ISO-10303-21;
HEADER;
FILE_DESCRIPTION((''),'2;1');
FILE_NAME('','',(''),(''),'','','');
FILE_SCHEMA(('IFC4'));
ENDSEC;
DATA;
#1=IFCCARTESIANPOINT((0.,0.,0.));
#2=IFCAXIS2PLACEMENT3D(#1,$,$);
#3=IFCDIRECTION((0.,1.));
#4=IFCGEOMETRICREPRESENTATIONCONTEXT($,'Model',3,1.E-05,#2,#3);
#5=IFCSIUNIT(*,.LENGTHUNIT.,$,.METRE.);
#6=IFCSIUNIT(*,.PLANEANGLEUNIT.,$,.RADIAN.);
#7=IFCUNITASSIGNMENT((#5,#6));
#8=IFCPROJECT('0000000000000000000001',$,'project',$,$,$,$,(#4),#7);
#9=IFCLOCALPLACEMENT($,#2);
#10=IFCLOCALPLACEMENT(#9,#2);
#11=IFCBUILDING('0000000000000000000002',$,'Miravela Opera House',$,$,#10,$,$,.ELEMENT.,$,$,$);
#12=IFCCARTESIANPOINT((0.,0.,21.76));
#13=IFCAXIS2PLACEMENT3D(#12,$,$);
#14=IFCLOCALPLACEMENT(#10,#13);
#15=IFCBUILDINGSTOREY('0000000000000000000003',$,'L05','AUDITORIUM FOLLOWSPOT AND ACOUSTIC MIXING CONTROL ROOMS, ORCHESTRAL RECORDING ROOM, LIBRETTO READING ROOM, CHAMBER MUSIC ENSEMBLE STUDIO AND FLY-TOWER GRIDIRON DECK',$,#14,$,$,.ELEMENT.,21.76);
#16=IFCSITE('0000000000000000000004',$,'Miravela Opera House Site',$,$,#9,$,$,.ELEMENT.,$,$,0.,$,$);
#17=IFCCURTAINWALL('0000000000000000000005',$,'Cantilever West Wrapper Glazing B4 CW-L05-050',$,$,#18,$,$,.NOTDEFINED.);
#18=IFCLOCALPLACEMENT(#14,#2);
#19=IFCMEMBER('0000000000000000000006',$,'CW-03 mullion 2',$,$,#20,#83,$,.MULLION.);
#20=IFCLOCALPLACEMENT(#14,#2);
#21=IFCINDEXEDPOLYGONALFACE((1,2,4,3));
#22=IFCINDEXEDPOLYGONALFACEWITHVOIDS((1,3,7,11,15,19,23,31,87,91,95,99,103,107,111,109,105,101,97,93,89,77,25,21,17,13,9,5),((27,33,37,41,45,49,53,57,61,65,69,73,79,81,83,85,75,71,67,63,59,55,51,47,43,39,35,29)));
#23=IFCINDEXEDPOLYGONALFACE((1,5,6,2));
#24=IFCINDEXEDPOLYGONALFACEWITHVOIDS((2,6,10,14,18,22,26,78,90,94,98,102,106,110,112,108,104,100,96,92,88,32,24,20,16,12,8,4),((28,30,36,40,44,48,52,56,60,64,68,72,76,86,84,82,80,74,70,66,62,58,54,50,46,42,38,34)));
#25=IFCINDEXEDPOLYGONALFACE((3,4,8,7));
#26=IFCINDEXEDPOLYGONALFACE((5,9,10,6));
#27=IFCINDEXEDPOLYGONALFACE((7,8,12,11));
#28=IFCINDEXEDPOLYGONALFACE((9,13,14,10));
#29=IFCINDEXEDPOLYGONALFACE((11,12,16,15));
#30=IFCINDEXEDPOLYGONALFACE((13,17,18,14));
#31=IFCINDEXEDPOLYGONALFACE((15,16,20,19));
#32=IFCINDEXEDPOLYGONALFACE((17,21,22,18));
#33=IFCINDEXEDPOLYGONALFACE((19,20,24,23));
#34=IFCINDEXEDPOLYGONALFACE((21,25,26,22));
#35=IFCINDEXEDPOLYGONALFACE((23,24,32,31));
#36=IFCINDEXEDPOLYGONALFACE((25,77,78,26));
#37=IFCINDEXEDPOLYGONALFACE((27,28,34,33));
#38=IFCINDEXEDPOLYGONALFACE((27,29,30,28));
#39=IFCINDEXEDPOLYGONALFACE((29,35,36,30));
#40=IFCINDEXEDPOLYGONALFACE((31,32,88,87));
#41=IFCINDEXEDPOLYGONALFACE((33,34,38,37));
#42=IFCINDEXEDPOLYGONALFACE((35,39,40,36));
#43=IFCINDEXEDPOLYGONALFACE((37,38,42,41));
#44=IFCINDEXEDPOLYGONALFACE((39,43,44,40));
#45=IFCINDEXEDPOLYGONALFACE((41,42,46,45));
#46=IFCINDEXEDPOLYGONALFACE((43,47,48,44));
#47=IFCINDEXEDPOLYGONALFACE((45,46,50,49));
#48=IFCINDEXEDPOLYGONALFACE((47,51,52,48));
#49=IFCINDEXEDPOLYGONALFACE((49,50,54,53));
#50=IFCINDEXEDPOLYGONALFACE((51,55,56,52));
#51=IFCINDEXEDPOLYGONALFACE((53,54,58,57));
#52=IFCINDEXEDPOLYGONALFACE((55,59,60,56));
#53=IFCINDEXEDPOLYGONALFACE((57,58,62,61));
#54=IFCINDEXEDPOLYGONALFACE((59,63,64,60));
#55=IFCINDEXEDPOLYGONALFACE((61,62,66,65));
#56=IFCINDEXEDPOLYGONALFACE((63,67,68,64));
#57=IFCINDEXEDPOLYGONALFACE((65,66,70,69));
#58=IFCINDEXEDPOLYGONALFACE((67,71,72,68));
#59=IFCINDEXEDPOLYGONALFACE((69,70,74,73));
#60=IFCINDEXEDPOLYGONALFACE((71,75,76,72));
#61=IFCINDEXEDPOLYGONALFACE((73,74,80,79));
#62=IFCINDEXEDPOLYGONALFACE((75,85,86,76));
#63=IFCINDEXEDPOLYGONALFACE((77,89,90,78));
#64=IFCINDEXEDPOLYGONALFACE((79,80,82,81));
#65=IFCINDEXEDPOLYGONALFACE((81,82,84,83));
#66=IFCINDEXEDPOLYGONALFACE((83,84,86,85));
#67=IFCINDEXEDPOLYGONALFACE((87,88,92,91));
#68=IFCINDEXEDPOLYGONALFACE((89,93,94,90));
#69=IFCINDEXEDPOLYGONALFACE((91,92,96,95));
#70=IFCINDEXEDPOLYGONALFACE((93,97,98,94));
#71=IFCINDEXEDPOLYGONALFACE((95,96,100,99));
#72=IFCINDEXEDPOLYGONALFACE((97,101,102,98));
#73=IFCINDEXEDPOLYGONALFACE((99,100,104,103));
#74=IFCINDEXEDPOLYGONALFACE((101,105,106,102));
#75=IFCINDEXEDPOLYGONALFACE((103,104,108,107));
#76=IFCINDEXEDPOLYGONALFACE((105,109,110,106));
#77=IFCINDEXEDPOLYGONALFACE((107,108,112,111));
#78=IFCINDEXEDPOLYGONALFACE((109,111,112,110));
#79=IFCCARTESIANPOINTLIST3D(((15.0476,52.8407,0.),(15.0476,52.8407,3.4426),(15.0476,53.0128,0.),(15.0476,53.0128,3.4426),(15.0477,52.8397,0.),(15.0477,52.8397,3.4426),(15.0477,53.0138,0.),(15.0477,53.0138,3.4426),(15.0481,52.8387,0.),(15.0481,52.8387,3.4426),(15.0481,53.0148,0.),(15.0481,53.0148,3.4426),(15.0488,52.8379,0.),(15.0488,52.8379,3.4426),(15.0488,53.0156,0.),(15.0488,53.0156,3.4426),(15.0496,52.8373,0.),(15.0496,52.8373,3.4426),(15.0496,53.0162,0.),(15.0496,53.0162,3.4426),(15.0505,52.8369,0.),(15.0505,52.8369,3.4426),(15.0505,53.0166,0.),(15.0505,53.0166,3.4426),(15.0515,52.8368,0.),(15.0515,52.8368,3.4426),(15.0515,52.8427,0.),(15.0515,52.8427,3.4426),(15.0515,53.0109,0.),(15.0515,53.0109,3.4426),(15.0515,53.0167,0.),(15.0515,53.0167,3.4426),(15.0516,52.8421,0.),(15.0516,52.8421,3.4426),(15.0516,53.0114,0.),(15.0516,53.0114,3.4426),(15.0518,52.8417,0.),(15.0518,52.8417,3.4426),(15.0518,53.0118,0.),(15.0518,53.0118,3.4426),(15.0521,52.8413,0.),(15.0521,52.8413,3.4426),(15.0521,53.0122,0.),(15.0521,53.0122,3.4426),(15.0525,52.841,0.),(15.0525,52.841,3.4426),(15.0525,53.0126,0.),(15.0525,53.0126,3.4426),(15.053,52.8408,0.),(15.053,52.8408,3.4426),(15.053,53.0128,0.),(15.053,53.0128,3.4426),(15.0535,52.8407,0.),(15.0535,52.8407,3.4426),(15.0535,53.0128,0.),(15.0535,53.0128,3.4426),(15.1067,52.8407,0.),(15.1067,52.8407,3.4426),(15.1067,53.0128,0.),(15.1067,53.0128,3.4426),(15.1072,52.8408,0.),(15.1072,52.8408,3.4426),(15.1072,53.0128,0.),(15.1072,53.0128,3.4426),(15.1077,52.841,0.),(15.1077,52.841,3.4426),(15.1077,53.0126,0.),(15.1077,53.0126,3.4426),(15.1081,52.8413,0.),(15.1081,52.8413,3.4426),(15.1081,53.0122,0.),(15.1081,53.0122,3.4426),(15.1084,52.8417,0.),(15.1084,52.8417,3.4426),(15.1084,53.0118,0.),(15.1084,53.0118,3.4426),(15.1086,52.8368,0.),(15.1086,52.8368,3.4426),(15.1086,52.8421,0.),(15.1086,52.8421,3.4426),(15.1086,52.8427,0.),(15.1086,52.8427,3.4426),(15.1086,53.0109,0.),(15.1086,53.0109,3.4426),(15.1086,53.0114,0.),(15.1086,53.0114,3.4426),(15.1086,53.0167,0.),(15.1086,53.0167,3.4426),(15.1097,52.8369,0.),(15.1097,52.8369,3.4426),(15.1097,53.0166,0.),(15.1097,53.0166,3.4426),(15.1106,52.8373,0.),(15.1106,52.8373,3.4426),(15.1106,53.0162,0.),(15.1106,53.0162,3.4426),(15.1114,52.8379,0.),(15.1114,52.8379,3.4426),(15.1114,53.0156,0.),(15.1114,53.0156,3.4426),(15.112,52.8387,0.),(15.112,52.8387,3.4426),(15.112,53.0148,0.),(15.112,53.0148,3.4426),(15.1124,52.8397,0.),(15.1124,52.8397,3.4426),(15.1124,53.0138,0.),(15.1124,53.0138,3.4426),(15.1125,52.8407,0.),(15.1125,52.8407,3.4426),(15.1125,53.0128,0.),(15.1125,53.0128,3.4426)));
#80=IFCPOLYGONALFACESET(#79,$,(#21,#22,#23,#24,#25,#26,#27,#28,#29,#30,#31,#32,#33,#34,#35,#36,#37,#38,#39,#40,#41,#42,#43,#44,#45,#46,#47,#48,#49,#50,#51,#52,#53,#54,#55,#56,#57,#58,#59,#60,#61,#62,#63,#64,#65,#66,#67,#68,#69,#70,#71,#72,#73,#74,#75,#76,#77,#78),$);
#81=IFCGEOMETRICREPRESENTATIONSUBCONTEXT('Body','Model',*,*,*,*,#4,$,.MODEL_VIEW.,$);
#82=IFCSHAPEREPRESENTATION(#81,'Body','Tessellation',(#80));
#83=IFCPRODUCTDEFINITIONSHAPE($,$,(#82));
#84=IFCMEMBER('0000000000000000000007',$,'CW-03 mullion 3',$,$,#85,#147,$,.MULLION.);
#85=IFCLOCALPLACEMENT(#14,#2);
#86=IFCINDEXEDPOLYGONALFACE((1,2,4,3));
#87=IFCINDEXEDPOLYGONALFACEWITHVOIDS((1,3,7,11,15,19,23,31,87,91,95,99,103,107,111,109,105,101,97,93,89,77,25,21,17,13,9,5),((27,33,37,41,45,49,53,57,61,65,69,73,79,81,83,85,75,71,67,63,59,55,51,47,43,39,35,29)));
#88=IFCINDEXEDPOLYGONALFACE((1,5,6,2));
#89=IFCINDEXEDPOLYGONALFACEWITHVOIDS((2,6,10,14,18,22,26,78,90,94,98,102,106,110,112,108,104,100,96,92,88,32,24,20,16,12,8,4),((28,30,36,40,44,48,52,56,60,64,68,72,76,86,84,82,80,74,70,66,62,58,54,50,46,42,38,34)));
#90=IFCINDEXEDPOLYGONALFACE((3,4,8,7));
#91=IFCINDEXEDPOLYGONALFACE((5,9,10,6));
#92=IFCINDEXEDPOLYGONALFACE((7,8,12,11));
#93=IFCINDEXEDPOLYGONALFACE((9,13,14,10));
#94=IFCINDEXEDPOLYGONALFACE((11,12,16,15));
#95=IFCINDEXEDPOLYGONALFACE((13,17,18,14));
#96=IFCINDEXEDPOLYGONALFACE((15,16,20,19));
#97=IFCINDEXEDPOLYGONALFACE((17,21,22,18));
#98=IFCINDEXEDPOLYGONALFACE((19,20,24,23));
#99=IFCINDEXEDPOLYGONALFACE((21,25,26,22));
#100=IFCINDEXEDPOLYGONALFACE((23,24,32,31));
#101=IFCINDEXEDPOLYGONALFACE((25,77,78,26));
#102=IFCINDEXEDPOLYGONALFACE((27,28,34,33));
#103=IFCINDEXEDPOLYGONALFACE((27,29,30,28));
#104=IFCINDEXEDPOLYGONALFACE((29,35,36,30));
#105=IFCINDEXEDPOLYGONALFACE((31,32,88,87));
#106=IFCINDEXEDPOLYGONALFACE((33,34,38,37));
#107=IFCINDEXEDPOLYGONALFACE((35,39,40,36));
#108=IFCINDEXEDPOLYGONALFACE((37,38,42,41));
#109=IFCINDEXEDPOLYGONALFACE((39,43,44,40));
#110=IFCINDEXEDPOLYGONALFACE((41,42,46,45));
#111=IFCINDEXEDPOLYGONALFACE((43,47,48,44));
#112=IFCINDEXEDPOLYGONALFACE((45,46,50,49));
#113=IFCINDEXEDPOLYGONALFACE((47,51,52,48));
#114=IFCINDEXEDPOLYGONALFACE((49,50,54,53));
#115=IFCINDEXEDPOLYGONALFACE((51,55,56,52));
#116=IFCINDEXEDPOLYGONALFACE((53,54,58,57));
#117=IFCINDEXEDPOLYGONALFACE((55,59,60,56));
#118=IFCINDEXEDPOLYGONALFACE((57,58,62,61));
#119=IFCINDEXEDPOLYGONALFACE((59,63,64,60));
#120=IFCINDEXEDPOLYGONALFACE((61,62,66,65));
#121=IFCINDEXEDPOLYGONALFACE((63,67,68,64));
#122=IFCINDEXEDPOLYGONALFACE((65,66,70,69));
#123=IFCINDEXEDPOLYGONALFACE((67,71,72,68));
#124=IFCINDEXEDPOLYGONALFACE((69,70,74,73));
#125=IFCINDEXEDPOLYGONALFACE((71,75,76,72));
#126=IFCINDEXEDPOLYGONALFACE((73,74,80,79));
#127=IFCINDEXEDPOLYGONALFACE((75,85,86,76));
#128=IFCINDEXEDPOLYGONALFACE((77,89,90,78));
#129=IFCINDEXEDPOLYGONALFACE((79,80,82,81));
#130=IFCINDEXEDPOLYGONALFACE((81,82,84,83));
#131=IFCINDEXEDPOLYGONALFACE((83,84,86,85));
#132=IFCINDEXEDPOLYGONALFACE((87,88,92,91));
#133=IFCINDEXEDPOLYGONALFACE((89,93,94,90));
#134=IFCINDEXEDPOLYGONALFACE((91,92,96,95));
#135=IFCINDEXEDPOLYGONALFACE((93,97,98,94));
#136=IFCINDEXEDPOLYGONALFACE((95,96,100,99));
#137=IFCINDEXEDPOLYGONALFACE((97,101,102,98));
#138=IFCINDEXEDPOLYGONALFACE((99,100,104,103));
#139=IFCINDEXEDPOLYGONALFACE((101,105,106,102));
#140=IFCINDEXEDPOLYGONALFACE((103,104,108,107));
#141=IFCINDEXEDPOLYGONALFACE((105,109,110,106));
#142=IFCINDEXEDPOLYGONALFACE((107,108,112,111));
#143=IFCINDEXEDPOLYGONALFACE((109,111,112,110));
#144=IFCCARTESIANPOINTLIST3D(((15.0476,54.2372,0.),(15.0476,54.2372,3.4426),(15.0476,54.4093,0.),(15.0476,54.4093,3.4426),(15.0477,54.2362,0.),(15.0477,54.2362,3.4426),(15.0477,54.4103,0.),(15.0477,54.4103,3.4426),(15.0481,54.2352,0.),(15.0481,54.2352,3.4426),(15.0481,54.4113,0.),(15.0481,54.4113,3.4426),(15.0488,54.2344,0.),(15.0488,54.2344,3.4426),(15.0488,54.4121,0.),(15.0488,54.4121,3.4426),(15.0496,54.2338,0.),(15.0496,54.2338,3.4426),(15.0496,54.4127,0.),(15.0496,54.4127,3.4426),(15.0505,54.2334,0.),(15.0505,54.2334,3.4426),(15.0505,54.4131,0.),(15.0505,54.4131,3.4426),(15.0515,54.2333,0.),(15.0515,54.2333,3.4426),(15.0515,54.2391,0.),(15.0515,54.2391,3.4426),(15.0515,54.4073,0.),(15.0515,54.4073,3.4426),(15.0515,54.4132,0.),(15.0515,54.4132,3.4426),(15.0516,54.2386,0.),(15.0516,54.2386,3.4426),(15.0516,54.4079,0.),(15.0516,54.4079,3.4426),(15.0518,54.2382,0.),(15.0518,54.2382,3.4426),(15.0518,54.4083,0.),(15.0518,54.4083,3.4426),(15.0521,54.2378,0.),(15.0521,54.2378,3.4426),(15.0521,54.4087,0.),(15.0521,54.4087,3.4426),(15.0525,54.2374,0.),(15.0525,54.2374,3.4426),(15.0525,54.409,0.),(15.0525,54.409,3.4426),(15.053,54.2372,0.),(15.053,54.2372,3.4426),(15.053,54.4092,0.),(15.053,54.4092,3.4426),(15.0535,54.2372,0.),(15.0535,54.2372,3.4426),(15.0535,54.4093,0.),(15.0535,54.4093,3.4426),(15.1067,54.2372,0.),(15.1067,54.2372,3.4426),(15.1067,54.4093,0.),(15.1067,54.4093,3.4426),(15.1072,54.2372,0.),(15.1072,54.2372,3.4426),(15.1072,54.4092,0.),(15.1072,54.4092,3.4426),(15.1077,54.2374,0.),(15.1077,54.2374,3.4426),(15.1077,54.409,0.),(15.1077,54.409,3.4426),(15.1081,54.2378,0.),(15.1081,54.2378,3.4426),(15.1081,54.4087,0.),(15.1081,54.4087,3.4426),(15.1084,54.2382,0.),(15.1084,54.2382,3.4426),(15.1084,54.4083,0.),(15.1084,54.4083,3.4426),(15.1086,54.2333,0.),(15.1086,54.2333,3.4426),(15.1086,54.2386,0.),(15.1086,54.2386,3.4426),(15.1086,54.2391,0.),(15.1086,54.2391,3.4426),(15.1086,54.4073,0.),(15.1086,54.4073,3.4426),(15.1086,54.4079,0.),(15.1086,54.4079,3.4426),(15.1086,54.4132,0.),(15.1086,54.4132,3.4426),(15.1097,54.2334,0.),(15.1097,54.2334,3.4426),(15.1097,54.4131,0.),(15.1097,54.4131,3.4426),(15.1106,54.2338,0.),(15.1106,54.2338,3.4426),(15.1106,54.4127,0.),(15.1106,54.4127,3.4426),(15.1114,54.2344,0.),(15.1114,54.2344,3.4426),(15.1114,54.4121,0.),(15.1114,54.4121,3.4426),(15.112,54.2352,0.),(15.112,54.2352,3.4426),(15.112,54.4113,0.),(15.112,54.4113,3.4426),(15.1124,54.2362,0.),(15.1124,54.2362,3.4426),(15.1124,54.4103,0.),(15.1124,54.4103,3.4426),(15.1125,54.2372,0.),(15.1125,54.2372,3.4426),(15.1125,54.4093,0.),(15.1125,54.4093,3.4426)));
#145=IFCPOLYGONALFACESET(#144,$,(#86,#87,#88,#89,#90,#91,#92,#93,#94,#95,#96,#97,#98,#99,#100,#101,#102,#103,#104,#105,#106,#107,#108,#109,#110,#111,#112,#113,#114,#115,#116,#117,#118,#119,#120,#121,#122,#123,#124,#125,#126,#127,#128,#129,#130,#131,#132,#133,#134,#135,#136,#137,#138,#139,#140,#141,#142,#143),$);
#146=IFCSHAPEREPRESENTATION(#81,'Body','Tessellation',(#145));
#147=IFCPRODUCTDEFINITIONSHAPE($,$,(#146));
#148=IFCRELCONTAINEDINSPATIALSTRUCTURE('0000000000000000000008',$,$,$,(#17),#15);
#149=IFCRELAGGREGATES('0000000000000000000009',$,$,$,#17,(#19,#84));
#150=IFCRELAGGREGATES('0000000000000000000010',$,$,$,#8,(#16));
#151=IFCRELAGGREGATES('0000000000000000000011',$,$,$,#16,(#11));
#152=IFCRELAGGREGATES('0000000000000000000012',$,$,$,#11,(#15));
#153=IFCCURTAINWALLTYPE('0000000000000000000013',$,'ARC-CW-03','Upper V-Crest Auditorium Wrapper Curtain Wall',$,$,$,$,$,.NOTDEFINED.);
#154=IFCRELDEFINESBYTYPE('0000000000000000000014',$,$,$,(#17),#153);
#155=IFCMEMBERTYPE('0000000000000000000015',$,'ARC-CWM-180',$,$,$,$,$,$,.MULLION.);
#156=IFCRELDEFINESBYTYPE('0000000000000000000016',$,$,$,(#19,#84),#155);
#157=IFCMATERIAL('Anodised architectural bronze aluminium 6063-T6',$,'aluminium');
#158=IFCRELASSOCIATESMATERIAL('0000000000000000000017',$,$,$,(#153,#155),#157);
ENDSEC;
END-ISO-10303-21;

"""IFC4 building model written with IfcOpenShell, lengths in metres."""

from ifc_helpers import new_model, si_unit, direction, frame, origin, origin_2d, place, context, subcontext, project, spatial, hollow_rectangle, extrude, material, material_profile, profile_set, type_object, element, aggregate, save


model = new_model("IFC4")

# Units and contexts
model_context = context("Model", 3, precision=1e-05, world=origin(), true_north=direction((0.0, 1.0)))
body_context = subcontext(model_context, "Body", "Model", "MODEL_VIEW")
ifc_project = project(units=[si_unit("LENGTHUNIT", "METRE"), si_unit("PLANEANGLEUNIT", "RADIAN")], contexts=[model_context])

# Site, building, storey
site_placement = place(None, origin())
site = spatial("IfcSite", under=ifc_project, at=site_placement, Name="Miravela Opera House Site", CompositionType="ELEMENT", RefElevation=0.0)
building_placement = place(site_placement, origin())
building = spatial("IfcBuilding", under=site, at=building_placement, Name="Miravela Opera House", CompositionType="ELEMENT")
storey_placement = place(building_placement, frame((0.0, 0.0, 21.76)))
storey = spatial("IfcBuildingStorey", under=building, at=storey_placement, Name="L05", Description="AUDITORIUM FOLLOWSPOT AND ACOUSTIC MIXING CONTROL ROOMS, ORCHESTRAL RECORDING ROOM, LIBRETTO READING ROOM, CHAMBER MUSIC ENSEMBLE STUDIO AND FLY-TOWER GRIDIRON DECK", CompositionType="ELEMENT", Elevation=21.76)

# Curtain wall, members
ifc_material_1 = material(Name="Anodised architectural bronze aluminium 6063-T6", Category="aluminium")
curtain_wall_type = type_object("IfcCurtainWallType", Name="ARC-CW-03", Description="Upper V-Crest Auditorium Wrapper Curtain Wall", PredefinedType="NOTDEFINED", material=ifc_material_1)
curtain_wall_placement = place(storey_placement, origin())
curtain_wall = element("IfcCurtainWall", 1, at=curtain_wall_placement, inside=storey, type_object=curtain_wall_type, Name="Cantilever West Wrapper Glazing B4 CW-L05-050", PredefinedType="NOTDEFINED")
ifc_material_profile_1 = material_profile(ifc_material_1, hollow_rectangle(XDim=0.0649, YDim=0.1799, WallThickness=0.0039, InnerFilletRadius=0.002, OuterFilletRadius=0.0039, at=origin_2d()), Name="CWM-65X180")
ifc_profile_set_1 = profile_set([ifc_material_profile_1])
member_type_1 = type_object("IfcMemberType", Name="ARC-CWM-180", PredefinedType="MULLION", material=ifc_profile_set_1)
member_1_placement = place(storey_placement, frame((15.0801, 52.9268, 0.0), z_axis=(0.0, 0.0, 1.0), x_axis=(-1.0, 0.0, 0.0)))
member_1 = element("IfcMember", 2, at=member_1_placement, type_object=member_type_1, Name="CW-03 mullion 2", PredefinedType="MULLION", context=body_context, shape_type="SweptSolid", body=[
    extrude(hollow_rectangle(XDim=0.0649, YDim=0.1799, WallThickness=0.0039, InnerFilletRadius=0.002, OuterFilletRadius=0.0039, at=origin_2d()), origin(), (0.0, 0.0, 1.0), 3.4426),
])
member_2_placement = place(storey_placement, frame((15.0801, 54.3232, 0.0), z_axis=(0.0, 0.0, 1.0), x_axis=(-1.0, 0.0, 0.0)))
member_2 = element("IfcMember", 3, at=member_2_placement, type_object=member_type_1, Name="CW-03 mullion 3", PredefinedType="MULLION", context=body_context, shape_type="SweptSolid", body=[
    extrude(hollow_rectangle(XDim=0.0649, YDim=0.1799, WallThickness=0.0039, InnerFilletRadius=0.002, OuterFilletRadius=0.0039, at=origin_2d()), origin(), (0.0, 0.0, 1.0), 3.4426),
])
aggregate(curtain_wall, [member_1, member_2])

save(model, "model.ifc")
